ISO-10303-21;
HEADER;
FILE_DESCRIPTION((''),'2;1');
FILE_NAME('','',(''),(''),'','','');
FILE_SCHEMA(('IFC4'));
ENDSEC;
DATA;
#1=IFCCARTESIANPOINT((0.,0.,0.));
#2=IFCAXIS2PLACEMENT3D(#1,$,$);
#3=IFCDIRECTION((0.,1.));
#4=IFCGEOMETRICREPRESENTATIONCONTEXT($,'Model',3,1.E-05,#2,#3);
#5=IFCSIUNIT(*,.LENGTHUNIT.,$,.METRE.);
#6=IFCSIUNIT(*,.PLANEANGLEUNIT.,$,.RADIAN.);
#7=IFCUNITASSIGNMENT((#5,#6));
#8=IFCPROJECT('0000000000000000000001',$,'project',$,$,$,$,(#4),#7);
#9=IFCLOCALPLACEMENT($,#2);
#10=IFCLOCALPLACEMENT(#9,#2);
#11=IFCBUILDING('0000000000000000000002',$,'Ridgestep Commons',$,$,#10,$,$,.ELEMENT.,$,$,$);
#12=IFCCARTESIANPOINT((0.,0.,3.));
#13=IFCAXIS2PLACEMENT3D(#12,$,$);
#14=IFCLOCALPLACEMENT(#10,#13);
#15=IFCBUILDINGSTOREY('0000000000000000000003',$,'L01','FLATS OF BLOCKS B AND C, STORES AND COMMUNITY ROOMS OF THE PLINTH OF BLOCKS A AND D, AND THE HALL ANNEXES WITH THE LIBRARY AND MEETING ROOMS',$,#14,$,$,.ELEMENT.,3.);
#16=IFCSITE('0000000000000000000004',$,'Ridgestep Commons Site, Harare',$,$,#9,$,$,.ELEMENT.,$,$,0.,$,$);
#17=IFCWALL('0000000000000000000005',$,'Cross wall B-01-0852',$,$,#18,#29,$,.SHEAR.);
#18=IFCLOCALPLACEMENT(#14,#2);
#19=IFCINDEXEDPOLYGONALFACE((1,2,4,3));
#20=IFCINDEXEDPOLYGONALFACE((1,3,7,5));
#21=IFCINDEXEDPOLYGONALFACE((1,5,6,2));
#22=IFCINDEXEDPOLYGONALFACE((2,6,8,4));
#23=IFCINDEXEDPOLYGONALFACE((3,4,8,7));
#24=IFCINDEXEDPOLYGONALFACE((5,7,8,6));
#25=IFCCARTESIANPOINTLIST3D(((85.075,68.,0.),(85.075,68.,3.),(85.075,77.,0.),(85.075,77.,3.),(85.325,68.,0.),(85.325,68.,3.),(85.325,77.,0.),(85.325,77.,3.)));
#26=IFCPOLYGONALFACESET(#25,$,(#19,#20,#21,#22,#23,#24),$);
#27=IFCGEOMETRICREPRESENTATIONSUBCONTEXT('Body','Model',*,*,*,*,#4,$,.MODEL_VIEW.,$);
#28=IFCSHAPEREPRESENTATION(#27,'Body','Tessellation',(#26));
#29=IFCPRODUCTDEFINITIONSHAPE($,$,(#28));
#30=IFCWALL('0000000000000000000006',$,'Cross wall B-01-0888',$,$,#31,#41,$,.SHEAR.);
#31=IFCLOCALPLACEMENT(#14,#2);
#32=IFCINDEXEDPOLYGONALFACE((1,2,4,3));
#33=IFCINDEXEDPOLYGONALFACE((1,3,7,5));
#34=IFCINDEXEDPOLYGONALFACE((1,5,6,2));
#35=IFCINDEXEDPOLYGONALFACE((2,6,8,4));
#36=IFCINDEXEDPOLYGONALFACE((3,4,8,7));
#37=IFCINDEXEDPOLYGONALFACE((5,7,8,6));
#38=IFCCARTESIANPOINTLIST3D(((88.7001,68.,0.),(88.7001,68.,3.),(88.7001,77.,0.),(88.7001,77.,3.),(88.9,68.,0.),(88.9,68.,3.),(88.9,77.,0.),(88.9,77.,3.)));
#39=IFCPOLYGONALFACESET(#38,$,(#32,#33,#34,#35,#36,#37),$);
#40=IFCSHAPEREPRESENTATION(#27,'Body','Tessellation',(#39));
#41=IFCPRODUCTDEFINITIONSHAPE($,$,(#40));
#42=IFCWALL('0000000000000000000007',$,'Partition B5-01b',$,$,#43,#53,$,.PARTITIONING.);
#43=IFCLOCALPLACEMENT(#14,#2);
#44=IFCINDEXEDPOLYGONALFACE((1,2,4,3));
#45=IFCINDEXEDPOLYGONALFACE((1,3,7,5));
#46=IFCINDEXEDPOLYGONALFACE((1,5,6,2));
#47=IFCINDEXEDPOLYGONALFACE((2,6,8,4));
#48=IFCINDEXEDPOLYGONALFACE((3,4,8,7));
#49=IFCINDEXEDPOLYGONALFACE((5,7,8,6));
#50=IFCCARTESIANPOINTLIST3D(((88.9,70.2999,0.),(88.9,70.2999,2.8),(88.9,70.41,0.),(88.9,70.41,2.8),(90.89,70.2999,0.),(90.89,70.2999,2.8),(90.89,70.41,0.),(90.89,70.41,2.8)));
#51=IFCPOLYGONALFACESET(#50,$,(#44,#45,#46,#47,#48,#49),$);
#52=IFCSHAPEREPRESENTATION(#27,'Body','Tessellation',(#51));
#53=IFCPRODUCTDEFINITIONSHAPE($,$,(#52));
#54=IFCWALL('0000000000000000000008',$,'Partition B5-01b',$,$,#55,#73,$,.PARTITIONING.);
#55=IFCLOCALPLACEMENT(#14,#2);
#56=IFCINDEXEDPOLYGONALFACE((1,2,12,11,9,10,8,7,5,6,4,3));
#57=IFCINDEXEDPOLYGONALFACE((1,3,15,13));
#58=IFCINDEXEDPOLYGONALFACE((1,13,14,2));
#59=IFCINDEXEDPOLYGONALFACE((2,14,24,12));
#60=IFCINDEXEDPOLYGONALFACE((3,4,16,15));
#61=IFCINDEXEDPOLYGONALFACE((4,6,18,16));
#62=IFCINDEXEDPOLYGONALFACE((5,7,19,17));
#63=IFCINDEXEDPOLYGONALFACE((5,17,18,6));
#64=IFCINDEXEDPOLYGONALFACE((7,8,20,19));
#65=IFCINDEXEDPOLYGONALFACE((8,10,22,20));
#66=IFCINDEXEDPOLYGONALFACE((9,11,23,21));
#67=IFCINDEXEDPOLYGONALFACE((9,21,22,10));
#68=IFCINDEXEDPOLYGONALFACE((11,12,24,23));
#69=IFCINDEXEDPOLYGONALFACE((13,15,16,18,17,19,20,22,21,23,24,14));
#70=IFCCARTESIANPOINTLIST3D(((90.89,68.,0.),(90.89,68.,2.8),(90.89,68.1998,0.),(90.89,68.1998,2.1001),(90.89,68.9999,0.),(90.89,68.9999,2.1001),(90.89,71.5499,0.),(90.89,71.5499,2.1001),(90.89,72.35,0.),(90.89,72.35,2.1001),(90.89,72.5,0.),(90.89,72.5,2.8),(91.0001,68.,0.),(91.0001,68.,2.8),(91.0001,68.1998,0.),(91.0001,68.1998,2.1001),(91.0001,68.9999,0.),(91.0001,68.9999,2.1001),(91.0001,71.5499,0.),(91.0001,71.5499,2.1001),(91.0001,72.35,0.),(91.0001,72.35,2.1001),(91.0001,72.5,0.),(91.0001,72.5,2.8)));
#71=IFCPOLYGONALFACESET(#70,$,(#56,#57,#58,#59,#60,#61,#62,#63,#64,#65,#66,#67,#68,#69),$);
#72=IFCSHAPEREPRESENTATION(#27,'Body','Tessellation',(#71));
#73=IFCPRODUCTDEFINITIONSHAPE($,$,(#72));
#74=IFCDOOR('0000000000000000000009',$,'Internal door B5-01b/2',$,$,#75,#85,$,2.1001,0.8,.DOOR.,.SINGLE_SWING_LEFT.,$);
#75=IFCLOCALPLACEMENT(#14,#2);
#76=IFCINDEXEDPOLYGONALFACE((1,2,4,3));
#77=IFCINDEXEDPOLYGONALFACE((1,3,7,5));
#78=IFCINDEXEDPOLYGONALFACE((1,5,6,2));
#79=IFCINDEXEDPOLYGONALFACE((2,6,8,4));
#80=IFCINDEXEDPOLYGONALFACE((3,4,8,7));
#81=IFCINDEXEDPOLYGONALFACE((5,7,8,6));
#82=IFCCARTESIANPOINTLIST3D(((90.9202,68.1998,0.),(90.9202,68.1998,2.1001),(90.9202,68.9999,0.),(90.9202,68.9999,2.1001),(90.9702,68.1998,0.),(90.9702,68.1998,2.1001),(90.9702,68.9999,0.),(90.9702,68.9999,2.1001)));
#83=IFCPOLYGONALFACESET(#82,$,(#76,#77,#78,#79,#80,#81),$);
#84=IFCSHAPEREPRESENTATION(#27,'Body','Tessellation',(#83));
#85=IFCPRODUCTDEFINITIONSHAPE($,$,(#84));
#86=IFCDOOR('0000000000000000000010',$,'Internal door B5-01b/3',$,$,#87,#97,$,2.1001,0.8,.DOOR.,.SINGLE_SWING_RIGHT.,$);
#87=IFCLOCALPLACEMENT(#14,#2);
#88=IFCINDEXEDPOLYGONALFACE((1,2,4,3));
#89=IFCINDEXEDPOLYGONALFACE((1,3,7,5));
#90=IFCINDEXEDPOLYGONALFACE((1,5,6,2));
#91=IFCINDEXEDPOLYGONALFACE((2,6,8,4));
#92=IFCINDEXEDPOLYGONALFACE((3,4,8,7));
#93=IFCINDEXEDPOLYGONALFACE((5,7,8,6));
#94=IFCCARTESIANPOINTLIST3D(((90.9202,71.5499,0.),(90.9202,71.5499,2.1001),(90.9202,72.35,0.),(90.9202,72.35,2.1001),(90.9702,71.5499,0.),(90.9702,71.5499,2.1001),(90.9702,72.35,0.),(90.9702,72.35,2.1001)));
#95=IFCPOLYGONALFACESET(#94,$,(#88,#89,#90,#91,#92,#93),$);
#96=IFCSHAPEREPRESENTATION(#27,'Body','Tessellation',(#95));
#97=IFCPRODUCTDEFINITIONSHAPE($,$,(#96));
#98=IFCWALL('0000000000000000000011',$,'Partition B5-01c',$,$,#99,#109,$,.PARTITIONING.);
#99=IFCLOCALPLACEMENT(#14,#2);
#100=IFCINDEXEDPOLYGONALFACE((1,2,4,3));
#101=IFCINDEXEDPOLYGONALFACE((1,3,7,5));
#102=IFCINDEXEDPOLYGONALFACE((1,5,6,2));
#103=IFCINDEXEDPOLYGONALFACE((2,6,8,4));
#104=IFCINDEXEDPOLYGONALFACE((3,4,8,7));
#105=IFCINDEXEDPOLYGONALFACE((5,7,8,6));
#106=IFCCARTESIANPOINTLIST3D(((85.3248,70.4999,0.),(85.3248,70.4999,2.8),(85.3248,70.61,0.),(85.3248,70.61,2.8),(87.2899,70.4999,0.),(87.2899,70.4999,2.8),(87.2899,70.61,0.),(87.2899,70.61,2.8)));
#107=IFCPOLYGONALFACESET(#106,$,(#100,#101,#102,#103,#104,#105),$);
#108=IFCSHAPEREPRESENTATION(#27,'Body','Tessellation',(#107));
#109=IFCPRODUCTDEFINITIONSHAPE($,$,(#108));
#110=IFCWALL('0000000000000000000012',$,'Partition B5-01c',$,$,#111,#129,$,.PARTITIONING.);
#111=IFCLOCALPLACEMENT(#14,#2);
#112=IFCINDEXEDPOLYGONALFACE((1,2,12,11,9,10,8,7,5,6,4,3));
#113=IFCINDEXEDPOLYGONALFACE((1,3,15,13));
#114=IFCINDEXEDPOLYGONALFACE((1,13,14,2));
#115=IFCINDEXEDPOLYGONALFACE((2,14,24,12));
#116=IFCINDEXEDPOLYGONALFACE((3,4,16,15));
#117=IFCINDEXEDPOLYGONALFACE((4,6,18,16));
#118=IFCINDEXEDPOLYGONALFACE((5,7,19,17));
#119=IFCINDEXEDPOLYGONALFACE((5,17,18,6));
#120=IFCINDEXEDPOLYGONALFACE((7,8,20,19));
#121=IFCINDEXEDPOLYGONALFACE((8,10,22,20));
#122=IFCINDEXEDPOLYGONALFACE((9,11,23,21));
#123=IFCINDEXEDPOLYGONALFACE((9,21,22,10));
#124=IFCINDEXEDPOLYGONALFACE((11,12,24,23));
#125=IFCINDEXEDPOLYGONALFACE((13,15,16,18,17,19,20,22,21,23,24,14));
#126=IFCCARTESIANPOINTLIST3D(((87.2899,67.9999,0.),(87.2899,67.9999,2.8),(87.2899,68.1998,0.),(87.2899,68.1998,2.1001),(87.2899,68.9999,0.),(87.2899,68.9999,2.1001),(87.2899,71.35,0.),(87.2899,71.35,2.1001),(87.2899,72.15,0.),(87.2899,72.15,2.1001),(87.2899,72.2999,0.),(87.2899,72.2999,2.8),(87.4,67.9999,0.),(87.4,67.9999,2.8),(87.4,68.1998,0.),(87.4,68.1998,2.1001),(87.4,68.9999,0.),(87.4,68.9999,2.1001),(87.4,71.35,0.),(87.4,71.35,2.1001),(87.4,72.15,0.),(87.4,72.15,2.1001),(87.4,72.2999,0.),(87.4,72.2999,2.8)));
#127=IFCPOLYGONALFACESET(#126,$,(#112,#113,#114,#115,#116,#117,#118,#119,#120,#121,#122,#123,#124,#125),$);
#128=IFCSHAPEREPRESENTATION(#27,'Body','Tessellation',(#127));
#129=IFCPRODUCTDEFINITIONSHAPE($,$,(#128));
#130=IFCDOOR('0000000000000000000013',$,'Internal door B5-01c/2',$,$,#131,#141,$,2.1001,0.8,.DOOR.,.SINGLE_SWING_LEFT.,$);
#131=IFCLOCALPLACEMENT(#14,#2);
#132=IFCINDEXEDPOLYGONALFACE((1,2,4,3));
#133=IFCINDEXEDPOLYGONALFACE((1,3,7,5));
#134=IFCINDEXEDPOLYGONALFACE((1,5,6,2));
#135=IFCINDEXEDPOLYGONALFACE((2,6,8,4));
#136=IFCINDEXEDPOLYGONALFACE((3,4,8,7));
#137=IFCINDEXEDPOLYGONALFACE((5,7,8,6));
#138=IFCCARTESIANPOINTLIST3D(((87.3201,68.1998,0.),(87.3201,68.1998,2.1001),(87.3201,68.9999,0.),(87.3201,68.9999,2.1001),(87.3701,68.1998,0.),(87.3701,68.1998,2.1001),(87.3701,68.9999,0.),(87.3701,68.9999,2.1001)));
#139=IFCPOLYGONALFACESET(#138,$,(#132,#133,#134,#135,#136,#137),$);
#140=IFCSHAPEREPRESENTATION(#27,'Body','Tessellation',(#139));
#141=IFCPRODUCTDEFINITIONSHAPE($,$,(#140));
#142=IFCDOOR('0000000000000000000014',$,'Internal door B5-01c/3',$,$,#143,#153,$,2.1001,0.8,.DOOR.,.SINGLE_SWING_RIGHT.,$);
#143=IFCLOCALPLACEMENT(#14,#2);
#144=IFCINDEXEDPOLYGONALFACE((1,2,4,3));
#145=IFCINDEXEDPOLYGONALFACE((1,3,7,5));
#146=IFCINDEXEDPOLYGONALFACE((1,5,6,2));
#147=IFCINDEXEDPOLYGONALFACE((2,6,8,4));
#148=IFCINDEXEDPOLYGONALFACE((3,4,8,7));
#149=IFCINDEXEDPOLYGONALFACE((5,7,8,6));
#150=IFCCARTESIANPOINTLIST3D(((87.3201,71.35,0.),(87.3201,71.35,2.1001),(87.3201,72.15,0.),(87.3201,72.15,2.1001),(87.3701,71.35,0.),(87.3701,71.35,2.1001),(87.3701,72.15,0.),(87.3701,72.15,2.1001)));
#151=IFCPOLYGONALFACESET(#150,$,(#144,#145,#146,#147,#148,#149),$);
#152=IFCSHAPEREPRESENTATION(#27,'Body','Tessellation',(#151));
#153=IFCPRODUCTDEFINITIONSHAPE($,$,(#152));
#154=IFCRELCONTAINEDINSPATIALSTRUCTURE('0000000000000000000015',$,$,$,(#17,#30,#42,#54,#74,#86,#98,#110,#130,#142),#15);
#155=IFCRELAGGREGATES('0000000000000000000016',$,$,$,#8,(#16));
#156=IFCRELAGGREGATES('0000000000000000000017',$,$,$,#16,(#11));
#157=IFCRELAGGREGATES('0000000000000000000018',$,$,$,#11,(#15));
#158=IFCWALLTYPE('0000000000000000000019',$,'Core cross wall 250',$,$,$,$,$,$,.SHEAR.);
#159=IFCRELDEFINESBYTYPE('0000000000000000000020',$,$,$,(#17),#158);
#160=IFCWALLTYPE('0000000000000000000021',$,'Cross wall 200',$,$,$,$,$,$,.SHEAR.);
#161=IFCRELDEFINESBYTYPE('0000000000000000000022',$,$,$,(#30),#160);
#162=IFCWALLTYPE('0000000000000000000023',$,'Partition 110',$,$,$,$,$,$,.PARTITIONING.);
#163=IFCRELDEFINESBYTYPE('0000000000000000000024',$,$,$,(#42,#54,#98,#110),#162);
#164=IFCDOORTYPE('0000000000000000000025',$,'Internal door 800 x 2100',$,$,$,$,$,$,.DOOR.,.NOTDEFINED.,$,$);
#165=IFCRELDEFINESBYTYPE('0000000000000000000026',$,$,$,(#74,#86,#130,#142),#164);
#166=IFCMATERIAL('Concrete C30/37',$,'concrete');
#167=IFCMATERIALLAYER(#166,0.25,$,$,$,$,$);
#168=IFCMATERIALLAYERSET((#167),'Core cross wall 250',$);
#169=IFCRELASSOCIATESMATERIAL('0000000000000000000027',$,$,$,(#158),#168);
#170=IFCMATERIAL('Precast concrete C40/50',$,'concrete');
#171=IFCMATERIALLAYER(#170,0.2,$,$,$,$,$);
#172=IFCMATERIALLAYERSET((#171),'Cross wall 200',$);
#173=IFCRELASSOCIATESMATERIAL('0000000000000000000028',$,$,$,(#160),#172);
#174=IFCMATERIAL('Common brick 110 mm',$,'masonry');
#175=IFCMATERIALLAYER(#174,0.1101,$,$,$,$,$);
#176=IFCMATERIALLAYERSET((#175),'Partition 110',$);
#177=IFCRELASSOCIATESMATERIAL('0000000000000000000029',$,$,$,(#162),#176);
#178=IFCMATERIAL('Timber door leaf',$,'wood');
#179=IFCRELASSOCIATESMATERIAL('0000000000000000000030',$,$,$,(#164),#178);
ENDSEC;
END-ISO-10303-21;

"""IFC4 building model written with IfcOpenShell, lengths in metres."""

from ifc_helpers import new_model, si_unit, direction, frame, frame_2d, origin, place, context, subcontext, project, spatial, rectangle, extrude, material, layer, layer_set, type_object, element, fill, save


model = new_model("IFC4")

# Units and contexts
model_context = context("Model", 3, precision=1e-05, world=origin(), true_north=direction((0.0, 1.0)))
body_context = subcontext(model_context, "Body", "Model", "MODEL_VIEW")
ifc_project = project(units=[si_unit("LENGTHUNIT", "METRE"), si_unit("PLANEANGLEUNIT", "RADIAN")], contexts=[model_context])

# Site, building, storey
site_placement = place(None, origin())
site = spatial("IfcSite", under=ifc_project, at=site_placement, Name="Ridgestep Commons Site, Harare", CompositionType="ELEMENT", RefElevation=0.0)
building_placement = place(site_placement, origin())
building = spatial("IfcBuilding", under=site, at=building_placement, Name="Ridgestep Commons", CompositionType="ELEMENT")
storey_placement = place(building_placement, frame((0.0, 0.0, 3.0)))
storey = spatial("IfcBuildingStorey", under=building, at=storey_placement, Name="L01", Description="FLATS OF BLOCKS B AND C, STORES AND COMMUNITY ROOMS OF THE PLINTH OF BLOCKS A AND D, AND THE HALL ANNEXES WITH THE LIBRARY AND MEETING ROOMS", CompositionType="ELEMENT", Elevation=3.0)

# Walls
ifc_material_1 = material(Name="Concrete C30/37", Category="concrete")
ifc_layer_1 = layer(ifc_material_1, 0.25)
ifc_layer_set_1 = layer_set([ifc_layer_1], Name="Core cross wall 250")
wall_type_1 = type_object("IfcWallType", Name="Core cross wall 250", PredefinedType="SHEAR", material=ifc_layer_set_1)
wall_1_placement = place(storey_placement, frame((85.2, 68.0, 0.0), z_axis=(0.0, 0.0, 1.0), x_axis=(0.0, 1.0, 0.0)))
element("IfcWall", 1, at=wall_1_placement, inside=storey, type_object=wall_type_1, Name="Cross wall B-01-0852", PredefinedType="SHEAR", context=body_context, shape_type="SweptSolid", body=[
    extrude(rectangle(XDim=9.0, YDim=0.25, at=frame_2d((4.5, 0.0))), origin(), (0.0, 0.0, 1.0), 3.0),
])
ifc_material_2 = material(Name="Precast concrete C40/50", Category="concrete")
ifc_layer_2 = layer(ifc_material_2, 0.2)
ifc_layer_set_2 = layer_set([ifc_layer_2], Name="Cross wall 200")
wall_type_2 = type_object("IfcWallType", Name="Cross wall 200", PredefinedType="SHEAR", material=ifc_layer_set_2)
wall_2_placement = place(storey_placement, frame((88.8, 68.0, 0.0), z_axis=(0.0, 0.0, 1.0), x_axis=(0.0, 1.0, 0.0)))
element("IfcWall", 2, at=wall_2_placement, inside=storey, type_object=wall_type_2, Name="Cross wall B-01-0888", PredefinedType="SHEAR", context=body_context, shape_type="SweptSolid", body=[
    extrude(rectangle(XDim=9.0, YDim=0.2, at=frame_2d((4.5, 0.0))), origin(), (0.0, 0.0, 1.0), 3.0),
])
ifc_material_3 = material(Name="Common brick 110 mm", Category="masonry")
ifc_layer_3 = layer(ifc_material_3, 0.1101)
ifc_layer_set_3 = layer_set([ifc_layer_3], Name="Partition 110")
wall_type_3 = type_object("IfcWallType", Name="Partition 110", PredefinedType="PARTITIONING", material=ifc_layer_set_3)
wall_3_placement = place(storey_placement, frame((88.8999, 70.355, 0.0), z_axis=(0.0, 0.0, 1.0), x_axis=(1.0, 0.0, 0.0)))
element("IfcWall", 3, at=wall_3_placement, inside=storey, type_object=wall_type_3, Name="Partition B5-01b", PredefinedType="PARTITIONING", context=body_context, shape_type="SweptSolid", body=[
    extrude(rectangle(XDim=1.99, YDim=0.1101, at=frame_2d((0.9951, 0.0))), origin(), (0.0, 0.0, 1.0), 2.8),
])

# Wall, openings, doors
wall_4_placement = place(storey_placement, frame((90.9451, 68.0, 0.0), z_axis=(0.0, 0.0, 1.0), x_axis=(0.0, 1.0, 0.0)))
wall_4 = element("IfcWall", 4, at=wall_4_placement, inside=storey, type_object=wall_type_3, Name="Partition B5-01b", PredefinedType="PARTITIONING", context=body_context, shape_type="SweptSolid", body=[
    extrude(rectangle(XDim=4.5, YDim=0.1101, at=frame_2d((2.25, 0.0))), origin(), (0.0, 0.0, 1.0), 2.8),
])
opening_1_placement = place(wall_4_placement, frame((0.2, 0.0, 0.0)))
opening_1 = element("IfcOpeningElement", 5, at=opening_1_placement, cuts=wall_4, PredefinedType="OPENING", context=body_context, shape_type="SweptSolid", body=[
    extrude(rectangle(XDim=0.8, YDim=2.1001, at=frame_2d((0.3999, 1.05))), frame((0.0, 0.0649, 0.0), z_axis=(0.0, -1.0, 0.0), x_axis=(1.0, 0.0, 0.0)), (0.0, 0.0, 1.0), 0.1301),
])
opening_2_placement = place(wall_4_placement, frame((3.55, 0.0, 0.0)))
opening_2 = element("IfcOpeningElement", 6, at=opening_2_placement, cuts=wall_4, PredefinedType="OPENING", context=body_context, shape_type="SweptSolid", body=[
    extrude(rectangle(XDim=0.8, YDim=2.1001, at=frame_2d((0.3999, 1.05))), frame((0.0, 0.0649, 0.0), z_axis=(0.0, -1.0, 0.0), x_axis=(1.0, 0.0, 0.0)), (0.0, 0.0, 1.0), 0.1301),
])
ifc_material_4 = material(Name="Timber door leaf", Category="wood")
door_type_1 = type_object("IfcDoorType", Name="Internal door 800 x 2100", OperationType="NOTDEFINED", PredefinedType="DOOR", material=ifc_material_4)
door_1_placement = place(opening_1_placement, origin())
door_1 = element("IfcDoor", 7, at=door_1_placement, inside=storey, type_object=door_type_1, Name="Internal door B5-01b/2", OperationType="SINGLE_SWING_LEFT", OverallHeight=2.1001, OverallWidth=0.8, PredefinedType="DOOR", context=body_context, shape_type="SweptSolid", body=[
    extrude(rectangle(XDim=0.8, YDim=2.1001, at=frame_2d((0.3999, 1.05))), frame((0.0, 0.0249, 0.0), z_axis=(0.0, -1.0, 0.0), x_axis=(1.0, 0.0, 0.0)), (0.0, 0.0, 1.0), 0.05),
])
fill(opening_1, door_1)
door_2_placement = place(opening_2_placement, origin())
door_2 = element("IfcDoor", 8, at=door_2_placement, inside=storey, type_object=door_type_1, Name="Internal door B5-01b/3", OperationType="SINGLE_SWING_RIGHT", OverallHeight=2.1001, OverallWidth=0.8, PredefinedType="DOOR", context=body_context, shape_type="SweptSolid", body=[
    extrude(rectangle(XDim=0.8, YDim=2.1001, at=frame_2d((0.3999, 1.05))), frame((0.0, 0.0249, 0.0), z_axis=(0.0, -1.0, 0.0), x_axis=(1.0, 0.0, 0.0)), (0.0, 0.0, 1.0), 0.05),
])
fill(opening_2, door_2)

# Wall
wall_5_placement = place(storey_placement, frame((85.325, 70.5549, 0.0), z_axis=(0.0, 0.0, 1.0), x_axis=(1.0, 0.0, 0.0)))
element("IfcWall", 9, at=wall_5_placement, inside=storey, type_object=wall_type_3, Name="Partition B5-01c", PredefinedType="PARTITIONING", context=body_context, shape_type="SweptSolid", body=[
    extrude(rectangle(XDim=1.9651, YDim=0.1101, at=frame_2d((0.9824, 0.0))), origin(), (0.0, 0.0, 1.0), 2.8),
])

# Wall, openings, doors
wall_6_placement = place(storey_placement, frame((87.345, 68.0, 0.0), z_axis=(0.0, 0.0, 1.0), x_axis=(0.0, 1.0, 0.0)))
wall_6 = element("IfcWall", 10, at=wall_6_placement, inside=storey, type_object=wall_type_3, Name="Partition B5-01c", PredefinedType="PARTITIONING", context=body_context, shape_type="SweptSolid", body=[
    extrude(rectangle(XDim=4.3, YDim=0.1101, at=frame_2d((2.1499, 0.0))), origin(), (0.0, 0.0, 1.0), 2.8),
])
opening_3_placement = place(wall_6_placement, frame((0.2, 0.0, 0.0)))
opening_3 = element("IfcOpeningElement", 11, at=opening_3_placement, cuts=wall_6, PredefinedType="OPENING", context=body_context, shape_type="SweptSolid", body=[
    extrude(rectangle(XDim=0.8, YDim=2.1001, at=frame_2d((0.3999, 1.05))), frame((0.0, 0.0649, 0.0), z_axis=(0.0, -1.0, 0.0), x_axis=(1.0, 0.0, 0.0)), (0.0, 0.0, 1.0), 0.1301),
])
opening_4_placement = place(wall_6_placement, frame((3.3501, 0.0, 0.0)))
opening_4 = element("IfcOpeningElement", 12, at=opening_4_placement, cuts=wall_6, PredefinedType="OPENING", context=body_context, shape_type="SweptSolid", body=[
    extrude(rectangle(XDim=0.8, YDim=2.1001, at=frame_2d((0.3999, 1.05))), frame((0.0, 0.0649, 0.0), z_axis=(0.0, -1.0, 0.0), x_axis=(1.0, 0.0, 0.0)), (0.0, 0.0, 1.0), 0.1301),
])
door_3_placement = place(opening_3_placement, origin())
door_3 = element("IfcDoor", 13, at=door_3_placement, inside=storey, type_object=door_type_1, Name="Internal door B5-01c/2", OperationType="SINGLE_SWING_LEFT", OverallHeight=2.1001, OverallWidth=0.8, PredefinedType="DOOR", context=body_context, shape_type="SweptSolid", body=[
    extrude(rectangle(XDim=0.8, YDim=2.1001, at=frame_2d((0.3999, 1.05))), frame((0.0, 0.0249, 0.0), z_axis=(0.0, -1.0, 0.0), x_axis=(1.0, 0.0, 0.0)), (0.0, 0.0, 1.0), 0.05),
])
fill(opening_3, door_3)
door_4_placement = place(opening_4_placement, origin())
door_4 = element("IfcDoor", 14, at=door_4_placement, inside=storey, type_object=door_type_1, Name="Internal door B5-01c/3", OperationType="SINGLE_SWING_RIGHT", OverallHeight=2.1001, OverallWidth=0.8, PredefinedType="DOOR", context=body_context, shape_type="SweptSolid", body=[
    extrude(rectangle(XDim=0.8, YDim=2.1001, at=frame_2d((0.3999, 1.05))), frame((0.0, 0.0249, 0.0), z_axis=(0.0, -1.0, 0.0), x_axis=(1.0, 0.0, 0.0)), (0.0, 0.0, 1.0), 0.05),
])
fill(opening_4, door_4)

save(model, "model.ifc")
